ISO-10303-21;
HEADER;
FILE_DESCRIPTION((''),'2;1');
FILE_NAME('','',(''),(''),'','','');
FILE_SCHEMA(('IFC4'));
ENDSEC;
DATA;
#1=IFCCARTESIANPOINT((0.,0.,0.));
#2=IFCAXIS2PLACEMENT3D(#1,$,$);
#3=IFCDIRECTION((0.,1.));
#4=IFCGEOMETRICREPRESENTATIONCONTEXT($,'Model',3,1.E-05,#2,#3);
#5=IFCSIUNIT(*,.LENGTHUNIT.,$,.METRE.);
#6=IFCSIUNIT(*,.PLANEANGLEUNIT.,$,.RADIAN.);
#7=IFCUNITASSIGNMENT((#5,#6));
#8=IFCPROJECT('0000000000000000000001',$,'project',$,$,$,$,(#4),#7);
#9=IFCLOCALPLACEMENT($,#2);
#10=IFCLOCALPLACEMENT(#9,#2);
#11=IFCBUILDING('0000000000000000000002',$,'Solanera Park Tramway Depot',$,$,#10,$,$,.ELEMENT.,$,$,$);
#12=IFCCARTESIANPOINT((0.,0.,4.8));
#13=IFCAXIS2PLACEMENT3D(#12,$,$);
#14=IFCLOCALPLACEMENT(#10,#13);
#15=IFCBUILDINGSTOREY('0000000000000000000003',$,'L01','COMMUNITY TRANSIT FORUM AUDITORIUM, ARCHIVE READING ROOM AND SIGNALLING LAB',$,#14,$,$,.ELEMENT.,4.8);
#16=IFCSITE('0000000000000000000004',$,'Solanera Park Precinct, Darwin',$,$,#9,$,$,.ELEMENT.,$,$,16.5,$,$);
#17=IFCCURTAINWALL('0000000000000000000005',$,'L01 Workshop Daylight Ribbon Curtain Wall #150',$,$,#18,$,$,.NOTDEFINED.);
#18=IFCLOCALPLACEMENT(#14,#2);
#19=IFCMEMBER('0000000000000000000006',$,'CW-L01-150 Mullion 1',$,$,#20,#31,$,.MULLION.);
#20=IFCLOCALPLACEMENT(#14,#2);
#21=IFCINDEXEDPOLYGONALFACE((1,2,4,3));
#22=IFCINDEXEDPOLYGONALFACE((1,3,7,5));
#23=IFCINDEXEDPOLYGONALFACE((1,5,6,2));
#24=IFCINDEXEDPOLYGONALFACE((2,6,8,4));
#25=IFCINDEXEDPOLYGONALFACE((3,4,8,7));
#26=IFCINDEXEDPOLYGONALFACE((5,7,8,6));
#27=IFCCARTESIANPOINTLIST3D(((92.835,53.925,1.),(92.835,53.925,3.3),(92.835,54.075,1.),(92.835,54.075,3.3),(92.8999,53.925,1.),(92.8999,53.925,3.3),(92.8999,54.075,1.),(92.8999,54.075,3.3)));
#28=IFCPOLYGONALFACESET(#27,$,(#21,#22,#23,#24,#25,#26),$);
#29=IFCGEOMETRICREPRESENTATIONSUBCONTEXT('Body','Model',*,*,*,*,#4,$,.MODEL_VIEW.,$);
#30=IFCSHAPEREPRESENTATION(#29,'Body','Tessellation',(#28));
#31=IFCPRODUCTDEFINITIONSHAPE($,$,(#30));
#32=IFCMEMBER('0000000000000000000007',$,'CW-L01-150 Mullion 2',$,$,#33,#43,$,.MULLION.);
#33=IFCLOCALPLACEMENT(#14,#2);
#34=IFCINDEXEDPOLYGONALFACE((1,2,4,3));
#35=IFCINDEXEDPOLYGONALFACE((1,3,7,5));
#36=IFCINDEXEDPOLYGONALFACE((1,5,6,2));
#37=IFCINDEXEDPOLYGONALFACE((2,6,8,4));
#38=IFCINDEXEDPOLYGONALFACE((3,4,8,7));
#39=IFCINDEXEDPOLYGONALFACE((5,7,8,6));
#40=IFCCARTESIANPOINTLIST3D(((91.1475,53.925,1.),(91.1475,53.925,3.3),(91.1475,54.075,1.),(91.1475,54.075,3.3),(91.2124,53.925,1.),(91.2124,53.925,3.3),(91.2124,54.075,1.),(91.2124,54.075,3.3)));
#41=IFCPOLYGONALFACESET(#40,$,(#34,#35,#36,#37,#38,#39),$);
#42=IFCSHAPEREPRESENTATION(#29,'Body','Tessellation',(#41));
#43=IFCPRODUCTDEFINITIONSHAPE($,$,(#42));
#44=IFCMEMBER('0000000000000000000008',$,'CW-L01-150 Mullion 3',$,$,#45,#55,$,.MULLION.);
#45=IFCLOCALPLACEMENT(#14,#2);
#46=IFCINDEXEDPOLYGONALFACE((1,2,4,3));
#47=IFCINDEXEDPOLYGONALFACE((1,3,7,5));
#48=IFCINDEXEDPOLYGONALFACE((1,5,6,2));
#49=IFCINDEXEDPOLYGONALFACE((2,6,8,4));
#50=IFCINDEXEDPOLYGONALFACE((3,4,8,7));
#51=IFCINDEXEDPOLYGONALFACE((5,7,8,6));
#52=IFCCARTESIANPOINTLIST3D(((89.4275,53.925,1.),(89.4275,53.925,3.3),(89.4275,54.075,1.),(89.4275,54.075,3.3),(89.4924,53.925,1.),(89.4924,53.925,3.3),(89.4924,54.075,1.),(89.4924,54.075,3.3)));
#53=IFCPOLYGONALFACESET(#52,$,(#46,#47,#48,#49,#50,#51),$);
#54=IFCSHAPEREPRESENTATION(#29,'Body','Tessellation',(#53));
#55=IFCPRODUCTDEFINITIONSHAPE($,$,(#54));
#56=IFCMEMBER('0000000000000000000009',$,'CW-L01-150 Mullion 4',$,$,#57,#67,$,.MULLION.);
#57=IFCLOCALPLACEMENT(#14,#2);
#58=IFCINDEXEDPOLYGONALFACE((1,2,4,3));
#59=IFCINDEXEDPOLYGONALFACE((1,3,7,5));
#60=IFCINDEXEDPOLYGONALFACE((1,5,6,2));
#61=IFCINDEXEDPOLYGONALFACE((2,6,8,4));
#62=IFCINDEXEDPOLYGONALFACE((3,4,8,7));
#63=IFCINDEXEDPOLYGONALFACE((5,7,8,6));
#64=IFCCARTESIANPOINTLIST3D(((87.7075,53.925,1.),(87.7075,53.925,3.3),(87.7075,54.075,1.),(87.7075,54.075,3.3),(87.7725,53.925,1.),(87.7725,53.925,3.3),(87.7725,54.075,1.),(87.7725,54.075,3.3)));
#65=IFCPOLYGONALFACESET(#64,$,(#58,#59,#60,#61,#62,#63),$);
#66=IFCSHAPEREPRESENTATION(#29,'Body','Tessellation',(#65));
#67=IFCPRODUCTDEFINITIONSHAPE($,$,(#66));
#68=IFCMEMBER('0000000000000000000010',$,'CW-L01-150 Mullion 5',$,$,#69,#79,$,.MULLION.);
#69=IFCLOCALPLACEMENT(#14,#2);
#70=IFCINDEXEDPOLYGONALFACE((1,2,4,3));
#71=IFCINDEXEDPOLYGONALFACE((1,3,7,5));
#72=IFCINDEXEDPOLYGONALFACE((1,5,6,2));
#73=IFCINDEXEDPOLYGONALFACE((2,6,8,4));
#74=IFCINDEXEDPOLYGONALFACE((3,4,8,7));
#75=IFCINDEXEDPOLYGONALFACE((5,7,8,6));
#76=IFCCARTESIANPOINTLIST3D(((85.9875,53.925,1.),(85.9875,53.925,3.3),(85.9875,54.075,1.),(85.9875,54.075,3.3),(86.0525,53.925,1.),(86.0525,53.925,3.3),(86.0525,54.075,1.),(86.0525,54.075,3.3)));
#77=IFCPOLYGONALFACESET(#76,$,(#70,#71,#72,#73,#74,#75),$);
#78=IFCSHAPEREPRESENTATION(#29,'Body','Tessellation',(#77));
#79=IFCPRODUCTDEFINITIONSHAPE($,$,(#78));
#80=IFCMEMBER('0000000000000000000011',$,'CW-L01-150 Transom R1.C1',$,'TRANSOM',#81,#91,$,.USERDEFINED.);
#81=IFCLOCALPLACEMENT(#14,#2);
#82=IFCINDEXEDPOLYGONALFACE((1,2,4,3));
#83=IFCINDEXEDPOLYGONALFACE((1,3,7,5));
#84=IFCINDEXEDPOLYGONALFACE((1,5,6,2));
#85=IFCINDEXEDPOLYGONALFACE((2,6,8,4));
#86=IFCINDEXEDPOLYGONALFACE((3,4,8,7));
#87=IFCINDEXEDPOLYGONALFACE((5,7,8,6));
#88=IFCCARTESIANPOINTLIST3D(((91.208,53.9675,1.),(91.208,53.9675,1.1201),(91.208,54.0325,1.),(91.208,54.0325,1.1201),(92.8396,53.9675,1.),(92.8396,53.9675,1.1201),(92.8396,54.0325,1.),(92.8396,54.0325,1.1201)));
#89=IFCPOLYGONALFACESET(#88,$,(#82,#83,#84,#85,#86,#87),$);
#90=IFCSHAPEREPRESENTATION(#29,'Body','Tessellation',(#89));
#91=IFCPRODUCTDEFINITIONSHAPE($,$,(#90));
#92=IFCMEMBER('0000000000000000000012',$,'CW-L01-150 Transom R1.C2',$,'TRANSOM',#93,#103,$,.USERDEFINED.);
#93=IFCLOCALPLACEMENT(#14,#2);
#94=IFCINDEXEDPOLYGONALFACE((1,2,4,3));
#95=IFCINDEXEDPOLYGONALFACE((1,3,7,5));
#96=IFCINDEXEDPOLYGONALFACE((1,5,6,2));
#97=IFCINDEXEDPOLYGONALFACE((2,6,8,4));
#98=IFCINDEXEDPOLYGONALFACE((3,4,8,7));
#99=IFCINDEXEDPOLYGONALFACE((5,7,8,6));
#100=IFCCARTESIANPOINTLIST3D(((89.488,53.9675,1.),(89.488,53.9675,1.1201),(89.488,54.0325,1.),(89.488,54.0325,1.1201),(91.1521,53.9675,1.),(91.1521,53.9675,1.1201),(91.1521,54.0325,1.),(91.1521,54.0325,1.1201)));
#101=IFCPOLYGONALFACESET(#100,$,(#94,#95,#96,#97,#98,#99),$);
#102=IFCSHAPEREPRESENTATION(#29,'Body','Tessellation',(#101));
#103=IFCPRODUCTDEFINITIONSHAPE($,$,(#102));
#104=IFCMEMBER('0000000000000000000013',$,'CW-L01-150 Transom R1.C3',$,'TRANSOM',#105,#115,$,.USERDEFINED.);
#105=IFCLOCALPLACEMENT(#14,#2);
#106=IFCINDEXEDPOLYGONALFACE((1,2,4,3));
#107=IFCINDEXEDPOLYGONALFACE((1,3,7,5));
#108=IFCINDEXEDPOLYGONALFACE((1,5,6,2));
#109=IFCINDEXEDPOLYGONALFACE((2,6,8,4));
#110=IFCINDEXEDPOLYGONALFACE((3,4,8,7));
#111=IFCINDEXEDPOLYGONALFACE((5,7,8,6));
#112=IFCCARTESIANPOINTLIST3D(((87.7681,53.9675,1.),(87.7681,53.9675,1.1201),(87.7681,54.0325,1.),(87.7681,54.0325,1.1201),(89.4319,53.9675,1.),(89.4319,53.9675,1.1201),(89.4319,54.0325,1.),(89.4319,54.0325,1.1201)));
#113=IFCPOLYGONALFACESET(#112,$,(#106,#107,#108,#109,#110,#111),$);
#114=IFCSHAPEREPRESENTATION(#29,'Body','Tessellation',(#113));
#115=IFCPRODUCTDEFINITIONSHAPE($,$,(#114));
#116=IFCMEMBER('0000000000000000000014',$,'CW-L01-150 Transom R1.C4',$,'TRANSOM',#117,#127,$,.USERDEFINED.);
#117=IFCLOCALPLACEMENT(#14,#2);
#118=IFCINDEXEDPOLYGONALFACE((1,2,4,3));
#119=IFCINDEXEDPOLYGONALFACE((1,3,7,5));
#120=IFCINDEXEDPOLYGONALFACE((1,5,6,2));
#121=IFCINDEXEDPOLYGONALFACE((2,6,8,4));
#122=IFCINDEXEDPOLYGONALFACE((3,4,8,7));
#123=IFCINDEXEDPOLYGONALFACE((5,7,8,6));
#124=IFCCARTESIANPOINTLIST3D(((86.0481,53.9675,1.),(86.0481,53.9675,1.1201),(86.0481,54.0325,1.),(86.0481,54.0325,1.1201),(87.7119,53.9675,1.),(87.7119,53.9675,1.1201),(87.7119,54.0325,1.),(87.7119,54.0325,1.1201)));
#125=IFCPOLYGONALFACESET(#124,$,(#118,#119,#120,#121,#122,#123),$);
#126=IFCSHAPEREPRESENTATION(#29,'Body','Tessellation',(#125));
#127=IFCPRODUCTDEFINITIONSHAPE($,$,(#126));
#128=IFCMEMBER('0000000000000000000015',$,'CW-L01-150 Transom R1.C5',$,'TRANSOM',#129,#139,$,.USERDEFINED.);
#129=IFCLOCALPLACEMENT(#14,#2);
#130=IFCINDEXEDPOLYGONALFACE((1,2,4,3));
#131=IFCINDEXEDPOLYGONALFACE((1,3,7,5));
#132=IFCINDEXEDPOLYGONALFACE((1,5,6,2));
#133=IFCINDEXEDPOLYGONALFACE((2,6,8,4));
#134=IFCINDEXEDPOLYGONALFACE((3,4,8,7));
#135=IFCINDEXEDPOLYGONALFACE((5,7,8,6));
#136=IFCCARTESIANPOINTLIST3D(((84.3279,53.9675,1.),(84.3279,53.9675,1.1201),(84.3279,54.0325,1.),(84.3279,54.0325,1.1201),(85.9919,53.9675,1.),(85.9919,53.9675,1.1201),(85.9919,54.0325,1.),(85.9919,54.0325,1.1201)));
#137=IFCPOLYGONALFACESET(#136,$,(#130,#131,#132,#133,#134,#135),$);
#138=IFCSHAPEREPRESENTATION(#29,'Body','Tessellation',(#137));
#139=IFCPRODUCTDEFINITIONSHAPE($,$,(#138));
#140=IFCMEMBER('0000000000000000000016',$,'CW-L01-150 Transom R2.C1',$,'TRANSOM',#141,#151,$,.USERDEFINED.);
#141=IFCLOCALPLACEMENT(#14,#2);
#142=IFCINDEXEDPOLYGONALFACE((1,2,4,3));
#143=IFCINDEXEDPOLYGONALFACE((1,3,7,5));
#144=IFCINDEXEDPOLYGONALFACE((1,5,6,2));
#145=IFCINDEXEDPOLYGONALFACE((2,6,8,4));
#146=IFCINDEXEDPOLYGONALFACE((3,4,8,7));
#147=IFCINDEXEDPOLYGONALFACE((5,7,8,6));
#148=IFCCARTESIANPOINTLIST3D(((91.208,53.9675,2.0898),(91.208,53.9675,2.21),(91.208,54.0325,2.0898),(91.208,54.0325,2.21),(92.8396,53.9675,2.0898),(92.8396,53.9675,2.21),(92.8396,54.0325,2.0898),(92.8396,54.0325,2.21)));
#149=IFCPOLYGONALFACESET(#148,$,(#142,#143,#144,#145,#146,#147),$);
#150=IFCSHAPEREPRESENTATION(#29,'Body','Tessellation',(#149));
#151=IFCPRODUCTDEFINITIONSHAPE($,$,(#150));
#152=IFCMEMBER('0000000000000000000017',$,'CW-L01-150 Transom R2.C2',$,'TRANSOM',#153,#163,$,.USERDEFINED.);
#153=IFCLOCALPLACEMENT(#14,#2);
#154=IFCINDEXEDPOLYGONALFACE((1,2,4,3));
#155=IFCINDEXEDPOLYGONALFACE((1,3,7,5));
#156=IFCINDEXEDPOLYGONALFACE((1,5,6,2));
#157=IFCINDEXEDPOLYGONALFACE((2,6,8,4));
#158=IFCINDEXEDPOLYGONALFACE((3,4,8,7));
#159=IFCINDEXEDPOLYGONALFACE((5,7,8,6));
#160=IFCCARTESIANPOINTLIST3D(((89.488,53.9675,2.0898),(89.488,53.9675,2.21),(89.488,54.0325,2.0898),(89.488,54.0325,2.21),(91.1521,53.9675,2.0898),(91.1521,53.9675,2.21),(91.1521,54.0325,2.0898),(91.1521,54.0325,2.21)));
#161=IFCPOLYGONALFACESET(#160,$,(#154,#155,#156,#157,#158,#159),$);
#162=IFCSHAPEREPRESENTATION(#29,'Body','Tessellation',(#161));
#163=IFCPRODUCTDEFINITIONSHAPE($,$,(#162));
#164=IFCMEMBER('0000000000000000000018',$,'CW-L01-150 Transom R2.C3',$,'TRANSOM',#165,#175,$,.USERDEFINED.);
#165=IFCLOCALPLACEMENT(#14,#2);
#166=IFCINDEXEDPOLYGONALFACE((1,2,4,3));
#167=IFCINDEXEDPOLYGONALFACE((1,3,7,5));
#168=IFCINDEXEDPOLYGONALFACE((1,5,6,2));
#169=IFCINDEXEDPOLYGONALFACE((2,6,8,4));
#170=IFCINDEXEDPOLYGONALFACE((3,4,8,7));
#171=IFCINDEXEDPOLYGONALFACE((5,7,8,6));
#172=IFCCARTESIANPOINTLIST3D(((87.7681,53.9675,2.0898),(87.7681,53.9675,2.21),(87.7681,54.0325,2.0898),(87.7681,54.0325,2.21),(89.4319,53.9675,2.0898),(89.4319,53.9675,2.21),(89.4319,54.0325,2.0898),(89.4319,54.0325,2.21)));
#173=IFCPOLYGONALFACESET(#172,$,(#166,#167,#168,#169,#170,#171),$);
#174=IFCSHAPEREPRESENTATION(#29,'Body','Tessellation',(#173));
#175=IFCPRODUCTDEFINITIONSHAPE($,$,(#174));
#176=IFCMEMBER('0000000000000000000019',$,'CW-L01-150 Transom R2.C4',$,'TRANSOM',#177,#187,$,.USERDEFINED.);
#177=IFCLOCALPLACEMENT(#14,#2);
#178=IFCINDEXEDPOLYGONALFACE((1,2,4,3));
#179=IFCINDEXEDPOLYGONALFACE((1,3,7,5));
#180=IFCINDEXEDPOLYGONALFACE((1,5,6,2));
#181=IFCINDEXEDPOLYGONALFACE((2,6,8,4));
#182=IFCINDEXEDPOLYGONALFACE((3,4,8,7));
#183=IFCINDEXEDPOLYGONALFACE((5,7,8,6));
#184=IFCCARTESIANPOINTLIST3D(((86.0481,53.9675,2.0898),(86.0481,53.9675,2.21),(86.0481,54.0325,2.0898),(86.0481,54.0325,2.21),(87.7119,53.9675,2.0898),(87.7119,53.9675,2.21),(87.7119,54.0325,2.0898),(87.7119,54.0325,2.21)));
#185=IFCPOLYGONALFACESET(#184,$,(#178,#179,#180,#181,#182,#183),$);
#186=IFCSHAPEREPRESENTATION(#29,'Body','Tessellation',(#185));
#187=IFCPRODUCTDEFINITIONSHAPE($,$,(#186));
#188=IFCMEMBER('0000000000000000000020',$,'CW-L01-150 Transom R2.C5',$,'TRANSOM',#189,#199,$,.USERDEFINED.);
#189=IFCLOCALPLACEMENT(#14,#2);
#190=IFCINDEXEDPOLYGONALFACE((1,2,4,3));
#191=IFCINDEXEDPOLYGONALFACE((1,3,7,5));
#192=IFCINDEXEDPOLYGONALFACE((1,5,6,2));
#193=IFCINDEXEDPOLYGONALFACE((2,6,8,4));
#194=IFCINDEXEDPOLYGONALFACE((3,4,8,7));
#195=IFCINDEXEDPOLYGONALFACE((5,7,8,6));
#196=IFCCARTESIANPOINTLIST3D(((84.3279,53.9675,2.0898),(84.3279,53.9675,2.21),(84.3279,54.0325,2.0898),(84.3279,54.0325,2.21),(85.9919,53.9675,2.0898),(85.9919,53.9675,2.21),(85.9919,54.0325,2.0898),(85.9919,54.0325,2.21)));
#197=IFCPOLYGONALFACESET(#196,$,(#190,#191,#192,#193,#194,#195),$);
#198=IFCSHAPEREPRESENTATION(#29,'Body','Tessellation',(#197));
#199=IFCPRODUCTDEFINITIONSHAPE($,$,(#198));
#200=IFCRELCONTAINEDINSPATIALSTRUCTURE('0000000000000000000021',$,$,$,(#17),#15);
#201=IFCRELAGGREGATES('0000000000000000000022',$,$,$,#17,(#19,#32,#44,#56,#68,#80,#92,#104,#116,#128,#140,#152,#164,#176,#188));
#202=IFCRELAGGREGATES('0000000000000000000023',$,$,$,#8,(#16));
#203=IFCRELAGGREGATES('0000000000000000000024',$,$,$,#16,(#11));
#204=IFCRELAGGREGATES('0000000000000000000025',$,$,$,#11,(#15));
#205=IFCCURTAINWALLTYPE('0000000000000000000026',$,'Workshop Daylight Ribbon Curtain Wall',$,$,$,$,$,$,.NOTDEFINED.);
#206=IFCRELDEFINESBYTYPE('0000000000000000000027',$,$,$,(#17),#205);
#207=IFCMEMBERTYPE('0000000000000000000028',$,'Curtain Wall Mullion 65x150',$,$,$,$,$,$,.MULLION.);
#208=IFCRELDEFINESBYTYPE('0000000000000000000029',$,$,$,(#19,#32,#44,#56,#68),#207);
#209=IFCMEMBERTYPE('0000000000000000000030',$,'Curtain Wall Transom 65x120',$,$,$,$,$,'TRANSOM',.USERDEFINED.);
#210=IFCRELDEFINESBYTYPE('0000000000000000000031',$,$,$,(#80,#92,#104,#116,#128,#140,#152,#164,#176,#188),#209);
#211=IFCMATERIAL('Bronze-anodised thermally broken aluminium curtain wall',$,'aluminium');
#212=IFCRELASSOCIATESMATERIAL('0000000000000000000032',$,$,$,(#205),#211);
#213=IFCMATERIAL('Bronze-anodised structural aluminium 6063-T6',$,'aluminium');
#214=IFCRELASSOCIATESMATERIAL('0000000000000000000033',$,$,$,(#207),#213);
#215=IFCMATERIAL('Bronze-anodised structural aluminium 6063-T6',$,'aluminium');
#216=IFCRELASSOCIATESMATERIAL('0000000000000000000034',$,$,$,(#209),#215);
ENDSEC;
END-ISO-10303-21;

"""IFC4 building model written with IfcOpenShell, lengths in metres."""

from ifc_helpers import new_model, si_unit, direction, frame, origin, origin_2d, place, context, subcontext, project, spatial, rectangle, extrude, material, material_profile, profile_set, type_object, element, aggregate, save


model = new_model("IFC4")

# Units and contexts
model_context = context("Model", 3, precision=1e-05, world=origin(), true_north=direction((0.0, 1.0)))
body_context = subcontext(model_context, "Body", "Model", "MODEL_VIEW")
ifc_project = project(units=[si_unit("LENGTHUNIT", "METRE"), si_unit("PLANEANGLEUNIT", "RADIAN")], contexts=[model_context])

# Site, building, storey
site_placement = place(None, origin())
site = spatial("IfcSite", under=ifc_project, at=site_placement, Name="Solanera Park Precinct, Darwin", CompositionType="ELEMENT", RefElevation=16.5)
building_placement = place(site_placement, origin())
building = spatial("IfcBuilding", under=site, at=building_placement, Name="Solanera Park Tramway Depot", CompositionType="ELEMENT")
storey_placement = place(building_placement, frame((0.0, 0.0, 4.8)))
storey = spatial("IfcBuildingStorey", under=building, at=storey_placement, Name="L01", Description="COMMUNITY TRANSIT FORUM AUDITORIUM, ARCHIVE READING ROOM AND SIGNALLING LAB", CompositionType="ELEMENT", Elevation=4.8)

# Curtain wall, members
ifc_material_1 = material(Name="Bronze-anodised thermally broken aluminium curtain wall", Category="aluminium")
curtain_wall_type = type_object("IfcCurtainWallType", Name="Workshop Daylight Ribbon Curtain Wall", PredefinedType="NOTDEFINED", material=ifc_material_1)
curtain_wall_placement = place(storey_placement, origin())
curtain_wall = element("IfcCurtainWall", 1, at=curtain_wall_placement, inside=storey, type_object=curtain_wall_type, Name="L01 Workshop Daylight Ribbon Curtain Wall #150", PredefinedType="NOTDEFINED")
ifc_material_2 = material(Name="Bronze-anodised structural aluminium 6063-T6", Category="aluminium")
ifc_material_profile_1 = material_profile(ifc_material_2, rectangle(XDim=0.0649, YDim=0.1499, at=origin_2d()), Name="Curtain Wall Mullion 65x150")
ifc_profile_set_1 = profile_set([ifc_material_profile_1], Name="Bronze-anodised structural aluminium 6063-T6")
member_type_1 = type_object("IfcMemberType", Name="Curtain Wall Mullion 65x150", PredefinedType="MULLION", material=ifc_profile_set_1)
member_1_placement = place(storey_placement, frame((92.8674, 54.0, 1.0), z_axis=(0.0, 0.0, 1.0), x_axis=(1.0, 0.0, 0.0)))
member_1 = element("IfcMember", 2, at=member_1_placement, type_object=member_type_1, Name="CW-L01-150 Mullion 1", PredefinedType="MULLION", context=body_context, shape_type="SweptSolid", body=[
    extrude(rectangle(XDim=0.0649, YDim=0.1499, at=origin_2d()), origin(), (0.0, 0.0, 1.0), 2.3),
])
member_2_placement = place(storey_placement, frame((91.1799, 54.0, 1.0), z_axis=(0.0, 0.0, 1.0), x_axis=(1.0, 0.0, 0.0)))
member_2 = element("IfcMember", 3, at=member_2_placement, type_object=member_type_1, Name="CW-L01-150 Mullion 2", PredefinedType="MULLION", context=body_context, shape_type="SweptSolid", body=[
    extrude(rectangle(XDim=0.0649, YDim=0.1499, at=origin_2d()), origin(), (0.0, 0.0, 1.0), 2.3),
])
member_3_placement = place(storey_placement, frame((89.46, 54.0, 1.0), z_axis=(0.0, 0.0, 1.0), x_axis=(1.0, 0.0, 0.0)))
member_3 = element("IfcMember", 4, at=member_3_placement, type_object=member_type_1, Name="CW-L01-150 Mullion 3", PredefinedType="MULLION", context=body_context, shape_type="SweptSolid", body=[
    extrude(rectangle(XDim=0.0649, YDim=0.1499, at=origin_2d()), origin(), (0.0, 0.0, 1.0), 2.3),
])
member_4_placement = place(storey_placement, frame((87.74, 54.0, 1.0), z_axis=(0.0, 0.0, 1.0), x_axis=(1.0, 0.0, 0.0)))
member_4 = element("IfcMember", 5, at=member_4_placement, type_object=member_type_1, Name="CW-L01-150 Mullion 4", PredefinedType="MULLION", context=body_context, shape_type="SweptSolid", body=[
    extrude(rectangle(XDim=0.0649, YDim=0.1499, at=origin_2d()), origin(), (0.0, 0.0, 1.0), 2.3),
])
member_5_placement = place(storey_placement, frame((86.02, 54.0, 1.0), z_axis=(0.0, 0.0, 1.0), x_axis=(1.0, 0.0, 0.0)))
member_5 = element("IfcMember", 6, at=member_5_placement, type_object=member_type_1, Name="CW-L01-150 Mullion 5", PredefinedType="MULLION", context=body_context, shape_type="SweptSolid", body=[
    extrude(rectangle(XDim=0.0649, YDim=0.1499, at=origin_2d()), origin(), (0.0, 0.0, 1.0), 2.3),
])
ifc_material_3 = material(Name="Bronze-anodised structural aluminium 6063-T6", Category="aluminium")
ifc_material_profile_2 = material_profile(ifc_material_3, rectangle(XDim=0.0649, YDim=0.1201, at=origin_2d()), Name="Curtain Wall Transom 65x120")
ifc_profile_set_2 = profile_set([ifc_material_profile_2], Name="Bronze-anodised structural aluminium 6063-T6")
member_type_2 = type_object("IfcMemberType", Name="Curtain Wall Transom 65x120", ElementType="TRANSOM", PredefinedType="USERDEFINED", material=ifc_profile_set_2)
member_6_placement = place(storey_placement, frame((92.8396, 54.0, 1.0601), z_axis=(-1.0, 0.0, 0.0), x_axis=(0.0, -1.0, 0.0)))
member_6 = element("IfcMember", 7, at=member_6_placement, type_object=member_type_2, Name="CW-L01-150 Transom R1.C1", ObjectType="TRANSOM", PredefinedType="USERDEFINED", context=body_context, shape_type="SweptSolid", body=[
    extrude(rectangle(XDim=0.0649, YDim=0.1201, at=origin_2d()), origin(), (0.0, 0.0, 1.0), 1.6316),
])
member_7_placement = place(storey_placement, frame((91.1521, 54.0, 1.0601), z_axis=(-1.0, 0.0, 0.0), x_axis=(0.0, -1.0, 0.0)))
member_7 = element("IfcMember", 8, at=member_7_placement, type_object=member_type_2, Name="CW-L01-150 Transom R1.C2", ObjectType="TRANSOM", PredefinedType="USERDEFINED", context=body_context, shape_type="SweptSolid", body=[
    extrude(rectangle(XDim=0.0649, YDim=0.1201, at=origin_2d()), origin(), (0.0, 0.0, 1.0), 1.6641),
])
member_8_placement = place(storey_placement, frame((89.4319, 54.0, 1.0601), z_axis=(-1.0, 0.0, 0.0), x_axis=(0.0, -1.0, 0.0)))
member_8 = element("IfcMember", 9, at=member_8_placement, type_object=member_type_2, Name="CW-L01-150 Transom R1.C3", ObjectType="TRANSOM", PredefinedType="USERDEFINED", context=body_context, shape_type="SweptSolid", body=[
    extrude(rectangle(XDim=0.0649, YDim=0.1201, at=origin_2d()), origin(), (0.0, 0.0, 1.0), 1.6638),
])
member_9_placement = place(storey_placement, frame((87.7119, 54.0, 1.0601), z_axis=(-1.0, 0.0, 0.0), x_axis=(0.0, -1.0, 0.0)))
member_9 = element("IfcMember", 10, at=member_9_placement, type_object=member_type_2, Name="CW-L01-150 Transom R1.C4", ObjectType="TRANSOM", PredefinedType="USERDEFINED", context=body_context, shape_type="SweptSolid", body=[
    extrude(rectangle(XDim=0.0649, YDim=0.1201, at=origin_2d()), origin(), (0.0, 0.0, 1.0), 1.6638),
])
member_10_placement = place(storey_placement, frame((85.9919, 54.0, 1.0601), z_axis=(-1.0, 0.0, 0.0), x_axis=(0.0, -1.0, 0.0)))
member_10 = element("IfcMember", 11, at=member_10_placement, type_object=member_type_2, Name="CW-L01-150 Transom R1.C5", ObjectType="TRANSOM", PredefinedType="USERDEFINED", context=body_context, shape_type="SweptSolid", body=[
    extrude(rectangle(XDim=0.0649, YDim=0.1201, at=origin_2d()), origin(), (0.0, 0.0, 1.0), 1.6641),
])
member_11_placement = place(storey_placement, frame((92.8396, 54.0, 2.1499), z_axis=(-1.0, 0.0, 0.0), x_axis=(0.0, -1.0, 0.0)))
member_11 = element("IfcMember", 12, at=member_11_placement, type_object=member_type_2, Name="CW-L01-150 Transom R2.C1", ObjectType="TRANSOM", PredefinedType="USERDEFINED", context=body_context, shape_type="SweptSolid", body=[
    extrude(rectangle(XDim=0.0649, YDim=0.1201, at=origin_2d()), origin(), (0.0, 0.0, 1.0), 1.6316),
])
member_12_placement = place(storey_placement, frame((91.1521, 54.0, 2.1499), z_axis=(-1.0, 0.0, 0.0), x_axis=(0.0, -1.0, 0.0)))
member_12 = element("IfcMember", 13, at=member_12_placement, type_object=member_type_2, Name="CW-L01-150 Transom R2.C2", ObjectType="TRANSOM", PredefinedType="USERDEFINED", context=body_context, shape_type="SweptSolid", body=[
    extrude(rectangle(XDim=0.0649, YDim=0.1201, at=origin_2d()), origin(), (0.0, 0.0, 1.0), 1.6641),
])
member_13_placement = place(storey_placement, frame((89.4319, 54.0, 2.1499), z_axis=(-1.0, 0.0, 0.0), x_axis=(0.0, -1.0, 0.0)))
member_13 = element("IfcMember", 14, at=member_13_placement, type_object=member_type_2, Name="CW-L01-150 Transom R2.C3", ObjectType="TRANSOM", PredefinedType="USERDEFINED", context=body_context, shape_type="SweptSolid", body=[
    extrude(rectangle(XDim=0.0649, YDim=0.1201, at=origin_2d()), origin(), (0.0, 0.0, 1.0), 1.6638),
])
member_14_placement = place(storey_placement, frame((87.7119, 54.0, 2.1499), z_axis=(-1.0, 0.0, 0.0), x_axis=(0.0, -1.0, 0.0)))
member_14 = element("IfcMember", 15, at=member_14_placement, type_object=member_type_2, Name="CW-L01-150 Transom R2.C4", ObjectType="TRANSOM", PredefinedType="USERDEFINED", context=body_context, shape_type="SweptSolid", body=[
    extrude(rectangle(XDim=0.0649, YDim=0.1201, at=origin_2d()), origin(), (0.0, 0.0, 1.0), 1.6638),
])
member_15_placement = place(storey_placement, frame((85.9919, 54.0, 2.1499), z_axis=(-1.0, 0.0, 0.0), x_axis=(0.0, -1.0, 0.0)))
member_15 = element("IfcMember", 16, at=member_15_placement, type_object=member_type_2, Name="CW-L01-150 Transom R2.C5", ObjectType="TRANSOM", PredefinedType="USERDEFINED", context=body_context, shape_type="SweptSolid", body=[
    extrude(rectangle(XDim=0.0649, YDim=0.1201, at=origin_2d()), origin(), (0.0, 0.0, 1.0), 1.6641),
])
aggregate(curtain_wall, [member_1, member_2, member_3, member_4, member_5, member_6, member_7, member_8, member_9, member_10, member_11, member_12, member_13, member_14, member_15])

save(model, "model.ifc")
